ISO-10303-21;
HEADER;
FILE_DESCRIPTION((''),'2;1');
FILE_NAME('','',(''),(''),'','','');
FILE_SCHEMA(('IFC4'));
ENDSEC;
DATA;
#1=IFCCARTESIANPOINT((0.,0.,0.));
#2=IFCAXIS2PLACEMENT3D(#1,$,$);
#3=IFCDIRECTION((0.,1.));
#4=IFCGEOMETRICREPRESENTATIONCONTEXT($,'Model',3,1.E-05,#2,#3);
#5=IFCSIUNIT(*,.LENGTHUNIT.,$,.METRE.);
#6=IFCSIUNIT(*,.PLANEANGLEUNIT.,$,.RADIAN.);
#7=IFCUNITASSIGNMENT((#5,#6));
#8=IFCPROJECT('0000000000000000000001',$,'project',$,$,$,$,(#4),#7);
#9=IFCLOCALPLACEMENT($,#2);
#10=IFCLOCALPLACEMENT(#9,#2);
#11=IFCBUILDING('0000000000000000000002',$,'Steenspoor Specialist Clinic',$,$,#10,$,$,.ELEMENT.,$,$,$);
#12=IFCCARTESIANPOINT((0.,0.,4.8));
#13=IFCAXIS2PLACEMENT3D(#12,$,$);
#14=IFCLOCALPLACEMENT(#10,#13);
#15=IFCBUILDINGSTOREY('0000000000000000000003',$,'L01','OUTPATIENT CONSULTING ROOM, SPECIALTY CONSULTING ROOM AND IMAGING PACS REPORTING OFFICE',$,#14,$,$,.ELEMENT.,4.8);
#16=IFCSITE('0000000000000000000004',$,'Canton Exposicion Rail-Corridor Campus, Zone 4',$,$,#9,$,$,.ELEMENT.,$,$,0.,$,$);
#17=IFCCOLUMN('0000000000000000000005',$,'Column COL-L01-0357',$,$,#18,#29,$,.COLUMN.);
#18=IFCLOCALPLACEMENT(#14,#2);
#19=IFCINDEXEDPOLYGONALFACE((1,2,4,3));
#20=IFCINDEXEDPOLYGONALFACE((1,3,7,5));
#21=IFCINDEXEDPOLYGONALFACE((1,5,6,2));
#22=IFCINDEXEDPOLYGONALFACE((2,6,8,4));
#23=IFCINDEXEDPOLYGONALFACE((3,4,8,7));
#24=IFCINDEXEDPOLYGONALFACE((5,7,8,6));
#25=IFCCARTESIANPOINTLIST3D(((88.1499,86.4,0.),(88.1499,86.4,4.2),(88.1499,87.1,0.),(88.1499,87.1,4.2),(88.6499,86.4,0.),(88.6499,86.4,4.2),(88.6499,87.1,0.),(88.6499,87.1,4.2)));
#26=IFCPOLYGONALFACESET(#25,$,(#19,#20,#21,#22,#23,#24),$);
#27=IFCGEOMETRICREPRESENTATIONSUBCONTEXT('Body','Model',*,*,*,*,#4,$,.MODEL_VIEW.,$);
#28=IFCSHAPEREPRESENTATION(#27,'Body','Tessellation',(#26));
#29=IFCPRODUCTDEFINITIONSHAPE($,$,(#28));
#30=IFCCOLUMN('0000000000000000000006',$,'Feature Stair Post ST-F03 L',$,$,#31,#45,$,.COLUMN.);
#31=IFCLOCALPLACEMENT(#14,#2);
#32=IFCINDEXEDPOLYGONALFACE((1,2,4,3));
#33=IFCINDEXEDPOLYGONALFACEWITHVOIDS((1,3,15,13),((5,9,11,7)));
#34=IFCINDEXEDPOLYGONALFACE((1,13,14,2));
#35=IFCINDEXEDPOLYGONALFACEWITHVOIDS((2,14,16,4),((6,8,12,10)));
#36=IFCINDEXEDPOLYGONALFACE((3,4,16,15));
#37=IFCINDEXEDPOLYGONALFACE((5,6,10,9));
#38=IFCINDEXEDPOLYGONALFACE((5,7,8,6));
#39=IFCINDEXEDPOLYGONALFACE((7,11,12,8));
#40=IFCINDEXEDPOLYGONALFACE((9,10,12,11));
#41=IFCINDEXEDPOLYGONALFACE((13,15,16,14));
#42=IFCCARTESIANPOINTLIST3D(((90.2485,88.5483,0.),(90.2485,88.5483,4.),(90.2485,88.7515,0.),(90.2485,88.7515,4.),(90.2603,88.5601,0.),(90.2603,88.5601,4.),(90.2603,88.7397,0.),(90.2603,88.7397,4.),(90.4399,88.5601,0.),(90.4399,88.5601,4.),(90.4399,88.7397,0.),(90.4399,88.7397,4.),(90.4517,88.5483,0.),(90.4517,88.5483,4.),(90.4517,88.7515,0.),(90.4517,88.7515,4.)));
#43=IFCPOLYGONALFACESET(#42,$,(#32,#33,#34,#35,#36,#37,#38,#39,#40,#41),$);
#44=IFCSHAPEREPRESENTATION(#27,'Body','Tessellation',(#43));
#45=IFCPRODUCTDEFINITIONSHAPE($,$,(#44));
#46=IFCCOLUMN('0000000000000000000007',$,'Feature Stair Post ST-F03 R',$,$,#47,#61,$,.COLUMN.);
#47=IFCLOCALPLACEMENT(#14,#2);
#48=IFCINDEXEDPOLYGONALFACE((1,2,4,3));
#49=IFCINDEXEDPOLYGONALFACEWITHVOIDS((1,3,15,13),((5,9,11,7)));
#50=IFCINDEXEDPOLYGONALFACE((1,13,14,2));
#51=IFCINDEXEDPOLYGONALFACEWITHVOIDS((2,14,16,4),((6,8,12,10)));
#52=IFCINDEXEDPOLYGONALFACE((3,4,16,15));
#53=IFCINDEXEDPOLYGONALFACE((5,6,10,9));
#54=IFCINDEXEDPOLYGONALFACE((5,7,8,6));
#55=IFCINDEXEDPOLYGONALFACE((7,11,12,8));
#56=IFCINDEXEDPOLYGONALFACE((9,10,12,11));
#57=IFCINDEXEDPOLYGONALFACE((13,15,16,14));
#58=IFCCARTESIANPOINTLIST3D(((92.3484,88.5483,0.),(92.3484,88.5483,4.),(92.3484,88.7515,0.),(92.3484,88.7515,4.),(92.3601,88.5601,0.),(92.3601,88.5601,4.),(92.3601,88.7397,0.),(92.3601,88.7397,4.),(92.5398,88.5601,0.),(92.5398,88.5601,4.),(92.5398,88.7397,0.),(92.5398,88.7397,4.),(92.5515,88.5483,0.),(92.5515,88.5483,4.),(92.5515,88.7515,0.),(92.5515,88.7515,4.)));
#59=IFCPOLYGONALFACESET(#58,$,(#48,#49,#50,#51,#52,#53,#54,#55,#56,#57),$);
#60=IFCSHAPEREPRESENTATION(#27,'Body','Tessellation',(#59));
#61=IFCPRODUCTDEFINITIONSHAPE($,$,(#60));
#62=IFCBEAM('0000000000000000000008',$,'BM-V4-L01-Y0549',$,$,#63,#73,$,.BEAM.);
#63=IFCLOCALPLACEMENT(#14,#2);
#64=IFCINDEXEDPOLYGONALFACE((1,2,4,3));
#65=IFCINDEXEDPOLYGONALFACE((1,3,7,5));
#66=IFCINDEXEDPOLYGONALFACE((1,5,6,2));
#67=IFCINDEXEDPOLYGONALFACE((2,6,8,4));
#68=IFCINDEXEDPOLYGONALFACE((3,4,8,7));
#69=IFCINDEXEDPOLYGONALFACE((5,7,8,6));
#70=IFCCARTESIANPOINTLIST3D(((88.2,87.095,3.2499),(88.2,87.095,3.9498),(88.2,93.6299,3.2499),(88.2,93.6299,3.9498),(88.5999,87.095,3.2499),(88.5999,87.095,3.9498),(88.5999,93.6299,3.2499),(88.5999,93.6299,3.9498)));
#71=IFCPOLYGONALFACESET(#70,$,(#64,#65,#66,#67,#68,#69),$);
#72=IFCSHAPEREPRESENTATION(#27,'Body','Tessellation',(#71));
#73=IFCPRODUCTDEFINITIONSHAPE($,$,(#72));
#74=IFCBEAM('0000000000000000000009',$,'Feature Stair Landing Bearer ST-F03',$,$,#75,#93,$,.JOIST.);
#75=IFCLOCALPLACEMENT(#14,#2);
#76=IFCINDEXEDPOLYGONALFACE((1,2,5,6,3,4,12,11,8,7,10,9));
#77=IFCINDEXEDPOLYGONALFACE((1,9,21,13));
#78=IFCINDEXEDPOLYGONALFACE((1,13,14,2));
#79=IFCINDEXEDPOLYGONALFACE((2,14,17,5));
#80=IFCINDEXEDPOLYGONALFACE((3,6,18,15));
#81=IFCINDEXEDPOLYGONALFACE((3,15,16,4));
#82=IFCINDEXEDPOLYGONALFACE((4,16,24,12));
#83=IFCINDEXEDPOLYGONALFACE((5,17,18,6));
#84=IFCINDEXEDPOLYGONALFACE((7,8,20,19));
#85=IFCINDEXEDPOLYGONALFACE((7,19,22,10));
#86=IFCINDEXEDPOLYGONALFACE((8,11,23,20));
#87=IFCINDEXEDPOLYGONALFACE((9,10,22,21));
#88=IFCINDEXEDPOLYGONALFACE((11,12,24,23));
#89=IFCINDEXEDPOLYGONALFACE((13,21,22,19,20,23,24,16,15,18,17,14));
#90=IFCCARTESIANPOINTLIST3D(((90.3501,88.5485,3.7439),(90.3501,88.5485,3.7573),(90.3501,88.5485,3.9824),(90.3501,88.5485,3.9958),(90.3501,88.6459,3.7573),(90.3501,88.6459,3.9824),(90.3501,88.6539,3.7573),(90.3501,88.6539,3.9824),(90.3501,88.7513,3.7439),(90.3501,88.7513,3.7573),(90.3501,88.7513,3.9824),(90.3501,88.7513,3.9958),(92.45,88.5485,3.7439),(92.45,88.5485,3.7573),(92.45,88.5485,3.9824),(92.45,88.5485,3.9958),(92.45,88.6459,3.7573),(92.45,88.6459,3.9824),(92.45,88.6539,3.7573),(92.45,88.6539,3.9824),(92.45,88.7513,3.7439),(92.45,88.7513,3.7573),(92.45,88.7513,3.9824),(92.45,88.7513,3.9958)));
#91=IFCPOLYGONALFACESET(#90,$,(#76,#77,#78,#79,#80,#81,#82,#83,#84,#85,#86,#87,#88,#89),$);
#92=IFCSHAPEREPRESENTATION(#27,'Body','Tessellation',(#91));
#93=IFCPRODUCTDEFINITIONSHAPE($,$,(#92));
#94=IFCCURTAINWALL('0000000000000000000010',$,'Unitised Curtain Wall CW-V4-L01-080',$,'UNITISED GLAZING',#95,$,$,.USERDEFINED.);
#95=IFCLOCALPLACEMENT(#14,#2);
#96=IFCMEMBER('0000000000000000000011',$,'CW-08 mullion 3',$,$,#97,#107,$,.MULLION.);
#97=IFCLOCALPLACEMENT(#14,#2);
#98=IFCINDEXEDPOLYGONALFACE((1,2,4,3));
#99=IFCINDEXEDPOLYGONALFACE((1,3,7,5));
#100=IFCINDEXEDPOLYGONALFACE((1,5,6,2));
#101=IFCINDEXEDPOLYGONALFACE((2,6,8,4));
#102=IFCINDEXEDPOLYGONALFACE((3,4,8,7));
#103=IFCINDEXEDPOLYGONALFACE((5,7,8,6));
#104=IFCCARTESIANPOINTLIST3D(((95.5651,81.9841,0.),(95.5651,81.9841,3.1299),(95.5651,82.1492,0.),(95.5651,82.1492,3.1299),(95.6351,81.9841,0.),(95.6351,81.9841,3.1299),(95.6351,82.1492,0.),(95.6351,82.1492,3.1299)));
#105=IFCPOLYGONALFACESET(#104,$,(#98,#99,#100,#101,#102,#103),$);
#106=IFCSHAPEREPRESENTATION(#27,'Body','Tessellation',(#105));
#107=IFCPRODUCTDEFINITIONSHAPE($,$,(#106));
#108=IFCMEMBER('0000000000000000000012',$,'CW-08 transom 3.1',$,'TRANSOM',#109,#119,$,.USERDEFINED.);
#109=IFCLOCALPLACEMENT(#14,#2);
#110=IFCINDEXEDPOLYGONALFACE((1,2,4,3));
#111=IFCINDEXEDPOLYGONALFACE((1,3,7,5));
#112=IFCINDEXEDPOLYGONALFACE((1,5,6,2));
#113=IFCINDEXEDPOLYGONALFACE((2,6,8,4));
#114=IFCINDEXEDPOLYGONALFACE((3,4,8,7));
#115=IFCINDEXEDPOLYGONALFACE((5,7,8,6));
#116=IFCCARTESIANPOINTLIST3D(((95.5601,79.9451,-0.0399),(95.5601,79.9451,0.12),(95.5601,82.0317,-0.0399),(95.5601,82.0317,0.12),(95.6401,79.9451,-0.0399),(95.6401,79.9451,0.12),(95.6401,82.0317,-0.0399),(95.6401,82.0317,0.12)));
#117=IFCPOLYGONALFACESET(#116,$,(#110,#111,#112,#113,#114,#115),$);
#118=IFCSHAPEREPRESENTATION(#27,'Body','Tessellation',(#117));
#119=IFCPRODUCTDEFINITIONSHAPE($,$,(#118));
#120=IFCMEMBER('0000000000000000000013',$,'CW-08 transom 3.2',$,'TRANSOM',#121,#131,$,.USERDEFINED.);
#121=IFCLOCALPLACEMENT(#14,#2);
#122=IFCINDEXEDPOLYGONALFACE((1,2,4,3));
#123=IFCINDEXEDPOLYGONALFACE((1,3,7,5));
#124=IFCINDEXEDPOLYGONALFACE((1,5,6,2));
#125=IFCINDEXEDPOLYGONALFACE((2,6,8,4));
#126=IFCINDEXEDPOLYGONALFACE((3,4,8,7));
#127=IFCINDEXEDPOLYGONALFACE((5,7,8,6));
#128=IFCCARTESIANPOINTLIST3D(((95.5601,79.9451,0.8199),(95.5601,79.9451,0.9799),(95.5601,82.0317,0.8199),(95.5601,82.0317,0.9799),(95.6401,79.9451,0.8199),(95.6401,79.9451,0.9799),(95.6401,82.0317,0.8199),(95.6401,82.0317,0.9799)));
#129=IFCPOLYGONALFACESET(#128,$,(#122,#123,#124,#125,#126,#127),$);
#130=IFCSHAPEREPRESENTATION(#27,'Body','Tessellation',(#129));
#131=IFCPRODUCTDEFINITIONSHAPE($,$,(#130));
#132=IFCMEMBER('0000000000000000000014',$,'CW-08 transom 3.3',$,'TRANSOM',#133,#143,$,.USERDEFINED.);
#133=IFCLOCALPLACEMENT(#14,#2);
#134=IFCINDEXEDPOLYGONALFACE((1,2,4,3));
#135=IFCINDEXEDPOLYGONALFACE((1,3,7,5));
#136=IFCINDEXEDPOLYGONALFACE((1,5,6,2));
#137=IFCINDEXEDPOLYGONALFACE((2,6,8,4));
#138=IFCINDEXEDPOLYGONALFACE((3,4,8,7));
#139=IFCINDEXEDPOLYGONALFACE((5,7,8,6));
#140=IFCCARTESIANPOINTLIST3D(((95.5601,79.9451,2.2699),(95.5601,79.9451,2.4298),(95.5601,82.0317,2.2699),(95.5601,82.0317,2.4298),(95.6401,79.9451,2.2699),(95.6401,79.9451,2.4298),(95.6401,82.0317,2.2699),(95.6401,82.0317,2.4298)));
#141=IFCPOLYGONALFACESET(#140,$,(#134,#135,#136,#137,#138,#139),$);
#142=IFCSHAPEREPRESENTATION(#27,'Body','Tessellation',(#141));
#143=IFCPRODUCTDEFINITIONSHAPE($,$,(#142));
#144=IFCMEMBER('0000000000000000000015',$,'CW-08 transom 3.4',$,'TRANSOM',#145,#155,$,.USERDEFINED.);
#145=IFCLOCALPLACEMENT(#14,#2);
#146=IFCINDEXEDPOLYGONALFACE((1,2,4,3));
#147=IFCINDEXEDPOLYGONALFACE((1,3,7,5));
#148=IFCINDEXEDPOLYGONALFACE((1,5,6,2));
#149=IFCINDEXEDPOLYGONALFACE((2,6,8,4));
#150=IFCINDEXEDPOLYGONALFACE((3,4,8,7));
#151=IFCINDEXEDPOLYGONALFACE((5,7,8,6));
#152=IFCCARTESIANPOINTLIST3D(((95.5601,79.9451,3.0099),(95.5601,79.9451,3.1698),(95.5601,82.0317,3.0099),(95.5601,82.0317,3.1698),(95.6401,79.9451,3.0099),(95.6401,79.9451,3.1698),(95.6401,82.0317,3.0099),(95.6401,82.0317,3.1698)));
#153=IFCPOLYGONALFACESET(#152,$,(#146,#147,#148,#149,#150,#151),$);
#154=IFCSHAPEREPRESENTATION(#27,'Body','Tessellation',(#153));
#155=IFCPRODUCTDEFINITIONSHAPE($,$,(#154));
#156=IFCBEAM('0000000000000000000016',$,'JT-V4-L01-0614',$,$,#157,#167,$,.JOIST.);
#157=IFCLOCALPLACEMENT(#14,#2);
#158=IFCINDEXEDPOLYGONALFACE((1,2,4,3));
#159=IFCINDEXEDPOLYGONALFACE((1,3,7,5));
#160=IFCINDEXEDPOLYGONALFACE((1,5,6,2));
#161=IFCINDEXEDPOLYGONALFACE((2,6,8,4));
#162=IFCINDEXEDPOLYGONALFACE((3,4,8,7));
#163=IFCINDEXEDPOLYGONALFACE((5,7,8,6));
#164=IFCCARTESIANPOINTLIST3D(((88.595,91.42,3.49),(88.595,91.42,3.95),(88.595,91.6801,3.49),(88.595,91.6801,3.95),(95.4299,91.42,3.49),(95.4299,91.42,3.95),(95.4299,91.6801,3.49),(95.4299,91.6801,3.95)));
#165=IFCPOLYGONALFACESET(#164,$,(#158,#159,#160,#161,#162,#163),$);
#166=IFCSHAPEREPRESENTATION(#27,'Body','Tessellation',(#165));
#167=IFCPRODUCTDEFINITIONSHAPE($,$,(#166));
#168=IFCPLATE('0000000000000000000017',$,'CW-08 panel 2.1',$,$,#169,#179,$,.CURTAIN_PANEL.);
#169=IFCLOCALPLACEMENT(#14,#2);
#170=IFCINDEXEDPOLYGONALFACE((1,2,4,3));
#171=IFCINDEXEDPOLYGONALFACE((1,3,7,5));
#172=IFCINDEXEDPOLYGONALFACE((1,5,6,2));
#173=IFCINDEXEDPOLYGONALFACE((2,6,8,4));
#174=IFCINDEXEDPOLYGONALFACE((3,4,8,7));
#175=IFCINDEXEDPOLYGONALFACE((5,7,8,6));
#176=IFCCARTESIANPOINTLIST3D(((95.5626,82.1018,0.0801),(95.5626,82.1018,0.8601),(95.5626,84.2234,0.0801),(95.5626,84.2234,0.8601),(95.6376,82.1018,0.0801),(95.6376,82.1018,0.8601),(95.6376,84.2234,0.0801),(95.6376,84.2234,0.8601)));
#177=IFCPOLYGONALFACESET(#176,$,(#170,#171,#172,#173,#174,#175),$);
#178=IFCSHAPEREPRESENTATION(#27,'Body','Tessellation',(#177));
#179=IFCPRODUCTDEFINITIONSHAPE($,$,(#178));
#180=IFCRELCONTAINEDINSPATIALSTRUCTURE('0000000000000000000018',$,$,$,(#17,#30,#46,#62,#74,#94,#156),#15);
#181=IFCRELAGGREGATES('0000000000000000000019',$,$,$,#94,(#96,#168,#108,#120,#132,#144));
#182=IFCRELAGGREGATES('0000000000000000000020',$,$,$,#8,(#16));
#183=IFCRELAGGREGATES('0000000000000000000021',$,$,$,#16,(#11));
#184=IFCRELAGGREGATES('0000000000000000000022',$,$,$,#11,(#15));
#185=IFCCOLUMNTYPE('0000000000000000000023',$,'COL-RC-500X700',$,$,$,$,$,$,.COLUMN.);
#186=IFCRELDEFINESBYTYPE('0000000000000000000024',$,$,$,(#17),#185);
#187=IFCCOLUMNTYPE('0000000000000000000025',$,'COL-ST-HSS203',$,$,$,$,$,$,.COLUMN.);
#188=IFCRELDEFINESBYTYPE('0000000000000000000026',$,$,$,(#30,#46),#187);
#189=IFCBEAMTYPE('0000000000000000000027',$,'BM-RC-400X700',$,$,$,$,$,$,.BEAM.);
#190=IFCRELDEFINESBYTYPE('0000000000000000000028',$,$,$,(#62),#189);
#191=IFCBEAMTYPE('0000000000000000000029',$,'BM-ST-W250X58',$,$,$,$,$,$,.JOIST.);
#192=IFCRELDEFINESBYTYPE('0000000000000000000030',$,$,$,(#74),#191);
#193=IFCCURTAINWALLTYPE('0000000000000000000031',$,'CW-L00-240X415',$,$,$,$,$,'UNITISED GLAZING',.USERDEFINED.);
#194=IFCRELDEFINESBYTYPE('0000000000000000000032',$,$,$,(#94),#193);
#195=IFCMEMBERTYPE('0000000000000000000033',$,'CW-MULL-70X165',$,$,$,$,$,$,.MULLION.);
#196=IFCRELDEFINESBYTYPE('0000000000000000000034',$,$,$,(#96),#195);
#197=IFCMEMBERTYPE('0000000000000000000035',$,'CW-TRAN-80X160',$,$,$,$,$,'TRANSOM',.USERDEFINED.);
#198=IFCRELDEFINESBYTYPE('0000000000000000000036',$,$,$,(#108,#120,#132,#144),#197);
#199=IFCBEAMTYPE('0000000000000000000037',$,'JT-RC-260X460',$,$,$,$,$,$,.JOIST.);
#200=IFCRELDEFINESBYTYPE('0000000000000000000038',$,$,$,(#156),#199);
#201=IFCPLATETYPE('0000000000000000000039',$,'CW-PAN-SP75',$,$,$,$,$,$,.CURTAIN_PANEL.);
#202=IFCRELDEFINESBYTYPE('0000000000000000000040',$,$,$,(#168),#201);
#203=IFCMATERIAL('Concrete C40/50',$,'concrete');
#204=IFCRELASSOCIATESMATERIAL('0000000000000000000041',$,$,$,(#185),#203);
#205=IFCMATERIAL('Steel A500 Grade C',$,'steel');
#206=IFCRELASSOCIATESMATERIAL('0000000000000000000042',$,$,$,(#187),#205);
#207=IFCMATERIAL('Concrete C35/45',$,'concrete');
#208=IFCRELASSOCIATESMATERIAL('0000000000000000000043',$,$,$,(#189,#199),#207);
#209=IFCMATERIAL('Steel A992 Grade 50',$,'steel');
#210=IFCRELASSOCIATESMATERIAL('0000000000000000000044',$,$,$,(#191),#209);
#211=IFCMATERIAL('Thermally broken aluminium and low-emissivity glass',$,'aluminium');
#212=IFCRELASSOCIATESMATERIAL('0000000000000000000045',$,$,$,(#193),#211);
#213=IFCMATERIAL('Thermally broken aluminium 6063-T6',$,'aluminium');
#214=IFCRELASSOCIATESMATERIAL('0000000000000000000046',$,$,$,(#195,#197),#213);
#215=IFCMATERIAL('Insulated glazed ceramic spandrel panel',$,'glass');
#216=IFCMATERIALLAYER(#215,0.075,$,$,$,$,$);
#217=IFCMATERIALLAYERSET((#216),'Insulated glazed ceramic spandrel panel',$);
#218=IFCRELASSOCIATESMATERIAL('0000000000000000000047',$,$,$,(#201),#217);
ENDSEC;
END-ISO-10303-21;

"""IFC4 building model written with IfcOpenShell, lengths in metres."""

from ifc_helpers import new_model, si_unit, direction, frame, origin, origin_2d, place, context, subcontext, project, spatial, rectangle, hollow_rectangle, i_section, extrude, material, layer, layer_set, material_profile, profile_set, type_object, element, aggregate, save


model = new_model("IFC4")

# Units and contexts
model_context = context("Model", 3, precision=1e-05, world=origin(), true_north=direction((0.0, 1.0)))
body_context = subcontext(model_context, "Body", "Model", "MODEL_VIEW")
ifc_project = project(units=[si_unit("LENGTHUNIT", "METRE"), si_unit("PLANEANGLEUNIT", "RADIAN")], contexts=[model_context])

# Site, building, storey
site_placement = place(None, origin())
site = spatial("IfcSite", under=ifc_project, at=site_placement, Name="Canton Exposicion Rail-Corridor Campus, Zone 4", CompositionType="ELEMENT", RefElevation=0.0)
building_placement = place(site_placement, origin())
building = spatial("IfcBuilding", under=site, at=building_placement, Name="Steenspoor Specialist Clinic", CompositionType="ELEMENT")
storey_placement = place(building_placement, frame((0.0, 0.0, 4.8)))
storey = spatial("IfcBuildingStorey", under=building, at=storey_placement, Name="L01", Description="OUTPATIENT CONSULTING ROOM, SPECIALTY CONSULTING ROOM AND IMAGING PACS REPORTING OFFICE", CompositionType="ELEMENT", Elevation=4.8)

# Columns
ifc_material_1 = material(Name="Concrete C40/50", Category="concrete")
ifc_material_profile_1 = material_profile(ifc_material_1, rectangle(XDim=0.5, YDim=0.7, at=origin_2d()), Name="RC-COL-500X700")
ifc_profile_set_1 = profile_set([ifc_material_profile_1], Name="Concrete C40/50")
column_type_1 = type_object("IfcColumnType", Name="COL-RC-500X700", PredefinedType="COLUMN", material=ifc_profile_set_1)
column_placement = place(storey_placement, frame((88.3999, 86.75, 0.0), z_axis=(0.0, 0.0, 1.0), x_axis=(1.0, 0.0, 0.0)))
element("IfcColumn", 1, at=column_placement, inside=storey, type_object=column_type_1, Name="Column COL-L01-0357", PredefinedType="COLUMN", context=body_context, shape_type="SweptSolid", body=[
    extrude(rectangle(XDim=0.5, YDim=0.7, at=origin_2d()), origin(), (0.0, 0.0, 1.0), 4.2),
])
ifc_material_2 = material(Name="Steel A500 Grade C", Category="steel")
ifc_material_profile_2 = material_profile(ifc_material_2, hollow_rectangle(XDim=0.2031, YDim=0.2031, WallThickness=0.0117, at=origin_2d()), Name="HSS203X203X12.7")
ifc_profile_set_2 = profile_set([ifc_material_profile_2], Name="Steel A500 Grade C")
column_type_2 = type_object("IfcColumnType", Name="COL-ST-HSS203", PredefinedType="COLUMN", material=ifc_profile_set_2)
for number, where, z_axis, x_axis, name in (
    (2, (90.3501, 88.6499, 0.0), (0.0, 0.0, 1.0), (1.0, 0.0, 0.0), "Feature Stair Post ST-F03 L"),
    (3, (92.45, 88.6499, 0.0), (0.0, 0.0, 1.0), (1.0, 0.0, 0.0), "Feature Stair Post ST-F03 R"),
):
    element("IfcColumn", number, at=place(storey_placement, frame(where, z_axis=z_axis, x_axis=x_axis)), inside=storey, type_object=column_type_2, Name=name, PredefinedType="COLUMN", context=body_context, shape_type="SweptSolid", body=[
        extrude(hollow_rectangle(XDim=0.2031, YDim=0.2031, WallThickness=0.0117, at=origin_2d()), origin(), (0.0, 0.0, 1.0), 4.0),
    ])

# Beams
ifc_material_3 = material(Name="Concrete C35/45", Category="concrete")
ifc_material_profile_3 = material_profile(ifc_material_3, rectangle(XDim=0.3999, YDim=0.7, at=origin_2d()), Name="RC-BM-400X700")
ifc_profile_set_3 = profile_set([ifc_material_profile_3], Name="Concrete C35/45")
beam_type_1 = type_object("IfcBeamType", Name="BM-RC-400X700", PredefinedType="BEAM", material=ifc_profile_set_3)
beam_1_placement = place(storey_placement, frame((88.3999, 87.095, 3.5999), z_axis=(0.0, 1.0, 0.0), x_axis=(-1.0, 0.0, 0.0)))
element("IfcBeam", 4, at=beam_1_placement, inside=storey, type_object=beam_type_1, Name="BM-V4-L01-Y0549", PredefinedType="BEAM", context=body_context, shape_type="SweptSolid", body=[
    extrude(rectangle(XDim=0.3999, YDim=0.7, at=origin_2d()), origin(), (0.0, 0.0, 1.0), 6.5349),
])
ifc_material_4 = material(Name="Steel A992 Grade 50", Category="steel")
ifc_material_profile_4 = material_profile(ifc_material_4, i_section(OverallWidth=0.2029, OverallDepth=0.252, WebThickness=0.0081, FlangeThickness=0.0134, at=origin_2d()), Name="W250X58")
ifc_profile_set_4 = profile_set([ifc_material_profile_4], Name="Steel A992 Grade 50")
beam_type_2 = type_object("IfcBeamType", Name="BM-ST-W250X58", PredefinedType="JOIST", material=ifc_profile_set_4)
beam_2_placement = place(storey_placement, frame((90.3501, 88.6499, 3.8699), z_axis=(1.0, 0.0, 0.0), x_axis=(0.0, 1.0, 0.0)))
element("IfcBeam", 5, at=beam_2_placement, inside=storey, type_object=beam_type_2, Name="Feature Stair Landing Bearer ST-F03", PredefinedType="JOIST", context=body_context, shape_type="SweptSolid", body=[
    extrude(i_section(OverallWidth=0.2029, OverallDepth=0.252, WebThickness=0.0081, FlangeThickness=0.0134, at=origin_2d()), origin(), (0.0, 0.0, 1.0), 2.0999),
])

# Curtain wall, members
ifc_material_5 = material(Name="Thermally broken aluminium and low-emissivity glass", Category="aluminium")
curtain_wall_type = type_object("IfcCurtainWallType", Name="CW-L00-240X415", ElementType="UNITISED GLAZING", PredefinedType="USERDEFINED", material=ifc_material_5)
curtain_wall_placement = place(storey_placement, origin())
curtain_wall = element("IfcCurtainWall", 6, at=curtain_wall_placement, inside=storey, type_object=curtain_wall_type, Name="Unitised Curtain Wall CW-V4-L01-080", ObjectType="UNITISED GLAZING", PredefinedType="USERDEFINED")
ifc_material_6 = material(Name="Thermally broken aluminium 6063-T6", Category="aluminium")
ifc_material_profile_5 = material_profile(ifc_material_6, rectangle(XDim=0.0701, YDim=0.165, at=origin_2d()), Name="CWM-70X165")
ifc_profile_set_5 = profile_set([ifc_material_profile_5], Name="Thermally broken aluminium 6063-T6")
member_type_1 = type_object("IfcMemberType", Name="CW-MULL-70X165", PredefinedType="MULLION", material=ifc_profile_set_5)
member_1_placement = place(storey_placement, frame((95.6001, 82.0667, 0.0), z_axis=(0.0, 0.0, 1.0), x_axis=(1.0, 0.0, 0.0)))
member_1 = element("IfcMember", 7, at=member_1_placement, type_object=member_type_1, Name="CW-08 mullion 3", PredefinedType="MULLION", context=body_context, shape_type="SweptSolid", body=[
    extrude(rectangle(XDim=0.0701, YDim=0.165, at=origin_2d()), origin(), (0.0, 0.0, 1.0), 3.1299),
])
ifc_material_profile_6 = material_profile(ifc_material_6, rectangle(XDim=0.0801, YDim=0.1599, at=origin_2d()), Name="CWT-80X160")
ifc_profile_set_6 = profile_set([ifc_material_profile_6], Name="Thermally broken aluminium 6063-T6")
member_type_2 = type_object("IfcMemberType", Name="CW-TRAN-80X160", ElementType="TRANSOM", PredefinedType="USERDEFINED", material=ifc_profile_set_6)
member_2_placement = place(storey_placement, frame((95.6001, 82.0317, 0.04), z_axis=(0.0, -1.0, 0.0), x_axis=(1.0, 0.0, 0.0)))
member_2 = element("IfcMember", 8, at=member_2_placement, type_object=member_type_2, Name="CW-08 transom 3.1", ObjectType="TRANSOM", PredefinedType="USERDEFINED", context=body_context, shape_type="SweptSolid", body=[
    extrude(rectangle(XDim=0.0801, YDim=0.1599, at=origin_2d()), origin(), (0.0, 0.0, 1.0), 2.0867),
])
member_3_placement = place(storey_placement, frame((95.6001, 82.0317, 0.8999), z_axis=(0.0, -1.0, 0.0), x_axis=(1.0, 0.0, 0.0)))
member_3 = element("IfcMember", 9, at=member_3_placement, type_object=member_type_2, Name="CW-08 transom 3.2", ObjectType="TRANSOM", PredefinedType="USERDEFINED", context=body_context, shape_type="SweptSolid", body=[
    extrude(rectangle(XDim=0.0801, YDim=0.1599, at=origin_2d()), origin(), (0.0, 0.0, 1.0), 2.0867),
])
member_4_placement = place(storey_placement, frame((95.6001, 82.0317, 2.3499), z_axis=(0.0, -1.0, 0.0), x_axis=(1.0, 0.0, 0.0)))
member_4 = element("IfcMember", 10, at=member_4_placement, type_object=member_type_2, Name="CW-08 transom 3.3", ObjectType="TRANSOM", PredefinedType="USERDEFINED", context=body_context, shape_type="SweptSolid", body=[
    extrude(rectangle(XDim=0.0801, YDim=0.1599, at=origin_2d()), origin(), (0.0, 0.0, 1.0), 2.0867),
])
member_5_placement = place(storey_placement, frame((95.6001, 82.0317, 3.0898), z_axis=(0.0, -1.0, 0.0), x_axis=(1.0, 0.0, 0.0)))
member_5 = element("IfcMember", 11, at=member_5_placement, type_object=member_type_2, Name="CW-08 transom 3.4", ObjectType="TRANSOM", PredefinedType="USERDEFINED", context=body_context, shape_type="SweptSolid", body=[
    extrude(rectangle(XDim=0.0801, YDim=0.1599, at=origin_2d()), origin(), (0.0, 0.0, 1.0), 2.0867),
])

# Beam
ifc_material_profile_7 = material_profile(ifc_material_3, rectangle(XDim=0.26, YDim=0.46, at=origin_2d()), Name="RC-JT-260X460")
ifc_profile_set_7 = profile_set([ifc_material_profile_7], Name="Concrete C35/45")
beam_type_3 = type_object("IfcBeamType", Name="JT-RC-260X460", PredefinedType="JOIST", material=ifc_profile_set_7)
beam_3_placement = place(storey_placement, frame((88.595, 91.55, 3.72), z_axis=(1.0, 0.0, 0.0), x_axis=(0.0, 1.0, 0.0)))
element("IfcBeam", 12, at=beam_3_placement, inside=storey, type_object=beam_type_3, Name="JT-V4-L01-0614", PredefinedType="JOIST", context=body_context, shape_type="SweptSolid", body=[
    extrude(rectangle(XDim=0.26, YDim=0.46, at=origin_2d()), origin(), (0.0, 0.0, 1.0), 6.835),
])

# Plate
ifc_material_7 = material(Name="Insulated glazed ceramic spandrel panel", Category="glass")
ifc_layer_1 = layer(ifc_material_7, 0.075)
ifc_layer_set_1 = layer_set([ifc_layer_1], Name="Insulated glazed ceramic spandrel panel")
plate_type = type_object("IfcPlateType", Name="CW-PAN-SP75", PredefinedType="CURTAIN_PANEL", material=ifc_layer_set_1)
plate_1_placement = place(storey_placement, frame((95.6001, 83.1626, 0.0801), z_axis=(0.0, 0.0, 1.0), x_axis=(0.0, -1.0, 0.0)))
plate_1 = element("IfcPlate", 13, at=plate_1_placement, type_object=plate_type, Name="CW-08 panel 2.1", PredefinedType="CURTAIN_PANEL", context=body_context, shape_type="SweptSolid", body=[
    extrude(rectangle(XDim=2.1216, YDim=0.075, at=origin_2d()), origin(), (0.0, 0.0, 1.0), 0.78),
])
aggregate(curtain_wall, [member_1, plate_1, member_2, member_3, member_4, member_5])

save(model, "model.ifc")
